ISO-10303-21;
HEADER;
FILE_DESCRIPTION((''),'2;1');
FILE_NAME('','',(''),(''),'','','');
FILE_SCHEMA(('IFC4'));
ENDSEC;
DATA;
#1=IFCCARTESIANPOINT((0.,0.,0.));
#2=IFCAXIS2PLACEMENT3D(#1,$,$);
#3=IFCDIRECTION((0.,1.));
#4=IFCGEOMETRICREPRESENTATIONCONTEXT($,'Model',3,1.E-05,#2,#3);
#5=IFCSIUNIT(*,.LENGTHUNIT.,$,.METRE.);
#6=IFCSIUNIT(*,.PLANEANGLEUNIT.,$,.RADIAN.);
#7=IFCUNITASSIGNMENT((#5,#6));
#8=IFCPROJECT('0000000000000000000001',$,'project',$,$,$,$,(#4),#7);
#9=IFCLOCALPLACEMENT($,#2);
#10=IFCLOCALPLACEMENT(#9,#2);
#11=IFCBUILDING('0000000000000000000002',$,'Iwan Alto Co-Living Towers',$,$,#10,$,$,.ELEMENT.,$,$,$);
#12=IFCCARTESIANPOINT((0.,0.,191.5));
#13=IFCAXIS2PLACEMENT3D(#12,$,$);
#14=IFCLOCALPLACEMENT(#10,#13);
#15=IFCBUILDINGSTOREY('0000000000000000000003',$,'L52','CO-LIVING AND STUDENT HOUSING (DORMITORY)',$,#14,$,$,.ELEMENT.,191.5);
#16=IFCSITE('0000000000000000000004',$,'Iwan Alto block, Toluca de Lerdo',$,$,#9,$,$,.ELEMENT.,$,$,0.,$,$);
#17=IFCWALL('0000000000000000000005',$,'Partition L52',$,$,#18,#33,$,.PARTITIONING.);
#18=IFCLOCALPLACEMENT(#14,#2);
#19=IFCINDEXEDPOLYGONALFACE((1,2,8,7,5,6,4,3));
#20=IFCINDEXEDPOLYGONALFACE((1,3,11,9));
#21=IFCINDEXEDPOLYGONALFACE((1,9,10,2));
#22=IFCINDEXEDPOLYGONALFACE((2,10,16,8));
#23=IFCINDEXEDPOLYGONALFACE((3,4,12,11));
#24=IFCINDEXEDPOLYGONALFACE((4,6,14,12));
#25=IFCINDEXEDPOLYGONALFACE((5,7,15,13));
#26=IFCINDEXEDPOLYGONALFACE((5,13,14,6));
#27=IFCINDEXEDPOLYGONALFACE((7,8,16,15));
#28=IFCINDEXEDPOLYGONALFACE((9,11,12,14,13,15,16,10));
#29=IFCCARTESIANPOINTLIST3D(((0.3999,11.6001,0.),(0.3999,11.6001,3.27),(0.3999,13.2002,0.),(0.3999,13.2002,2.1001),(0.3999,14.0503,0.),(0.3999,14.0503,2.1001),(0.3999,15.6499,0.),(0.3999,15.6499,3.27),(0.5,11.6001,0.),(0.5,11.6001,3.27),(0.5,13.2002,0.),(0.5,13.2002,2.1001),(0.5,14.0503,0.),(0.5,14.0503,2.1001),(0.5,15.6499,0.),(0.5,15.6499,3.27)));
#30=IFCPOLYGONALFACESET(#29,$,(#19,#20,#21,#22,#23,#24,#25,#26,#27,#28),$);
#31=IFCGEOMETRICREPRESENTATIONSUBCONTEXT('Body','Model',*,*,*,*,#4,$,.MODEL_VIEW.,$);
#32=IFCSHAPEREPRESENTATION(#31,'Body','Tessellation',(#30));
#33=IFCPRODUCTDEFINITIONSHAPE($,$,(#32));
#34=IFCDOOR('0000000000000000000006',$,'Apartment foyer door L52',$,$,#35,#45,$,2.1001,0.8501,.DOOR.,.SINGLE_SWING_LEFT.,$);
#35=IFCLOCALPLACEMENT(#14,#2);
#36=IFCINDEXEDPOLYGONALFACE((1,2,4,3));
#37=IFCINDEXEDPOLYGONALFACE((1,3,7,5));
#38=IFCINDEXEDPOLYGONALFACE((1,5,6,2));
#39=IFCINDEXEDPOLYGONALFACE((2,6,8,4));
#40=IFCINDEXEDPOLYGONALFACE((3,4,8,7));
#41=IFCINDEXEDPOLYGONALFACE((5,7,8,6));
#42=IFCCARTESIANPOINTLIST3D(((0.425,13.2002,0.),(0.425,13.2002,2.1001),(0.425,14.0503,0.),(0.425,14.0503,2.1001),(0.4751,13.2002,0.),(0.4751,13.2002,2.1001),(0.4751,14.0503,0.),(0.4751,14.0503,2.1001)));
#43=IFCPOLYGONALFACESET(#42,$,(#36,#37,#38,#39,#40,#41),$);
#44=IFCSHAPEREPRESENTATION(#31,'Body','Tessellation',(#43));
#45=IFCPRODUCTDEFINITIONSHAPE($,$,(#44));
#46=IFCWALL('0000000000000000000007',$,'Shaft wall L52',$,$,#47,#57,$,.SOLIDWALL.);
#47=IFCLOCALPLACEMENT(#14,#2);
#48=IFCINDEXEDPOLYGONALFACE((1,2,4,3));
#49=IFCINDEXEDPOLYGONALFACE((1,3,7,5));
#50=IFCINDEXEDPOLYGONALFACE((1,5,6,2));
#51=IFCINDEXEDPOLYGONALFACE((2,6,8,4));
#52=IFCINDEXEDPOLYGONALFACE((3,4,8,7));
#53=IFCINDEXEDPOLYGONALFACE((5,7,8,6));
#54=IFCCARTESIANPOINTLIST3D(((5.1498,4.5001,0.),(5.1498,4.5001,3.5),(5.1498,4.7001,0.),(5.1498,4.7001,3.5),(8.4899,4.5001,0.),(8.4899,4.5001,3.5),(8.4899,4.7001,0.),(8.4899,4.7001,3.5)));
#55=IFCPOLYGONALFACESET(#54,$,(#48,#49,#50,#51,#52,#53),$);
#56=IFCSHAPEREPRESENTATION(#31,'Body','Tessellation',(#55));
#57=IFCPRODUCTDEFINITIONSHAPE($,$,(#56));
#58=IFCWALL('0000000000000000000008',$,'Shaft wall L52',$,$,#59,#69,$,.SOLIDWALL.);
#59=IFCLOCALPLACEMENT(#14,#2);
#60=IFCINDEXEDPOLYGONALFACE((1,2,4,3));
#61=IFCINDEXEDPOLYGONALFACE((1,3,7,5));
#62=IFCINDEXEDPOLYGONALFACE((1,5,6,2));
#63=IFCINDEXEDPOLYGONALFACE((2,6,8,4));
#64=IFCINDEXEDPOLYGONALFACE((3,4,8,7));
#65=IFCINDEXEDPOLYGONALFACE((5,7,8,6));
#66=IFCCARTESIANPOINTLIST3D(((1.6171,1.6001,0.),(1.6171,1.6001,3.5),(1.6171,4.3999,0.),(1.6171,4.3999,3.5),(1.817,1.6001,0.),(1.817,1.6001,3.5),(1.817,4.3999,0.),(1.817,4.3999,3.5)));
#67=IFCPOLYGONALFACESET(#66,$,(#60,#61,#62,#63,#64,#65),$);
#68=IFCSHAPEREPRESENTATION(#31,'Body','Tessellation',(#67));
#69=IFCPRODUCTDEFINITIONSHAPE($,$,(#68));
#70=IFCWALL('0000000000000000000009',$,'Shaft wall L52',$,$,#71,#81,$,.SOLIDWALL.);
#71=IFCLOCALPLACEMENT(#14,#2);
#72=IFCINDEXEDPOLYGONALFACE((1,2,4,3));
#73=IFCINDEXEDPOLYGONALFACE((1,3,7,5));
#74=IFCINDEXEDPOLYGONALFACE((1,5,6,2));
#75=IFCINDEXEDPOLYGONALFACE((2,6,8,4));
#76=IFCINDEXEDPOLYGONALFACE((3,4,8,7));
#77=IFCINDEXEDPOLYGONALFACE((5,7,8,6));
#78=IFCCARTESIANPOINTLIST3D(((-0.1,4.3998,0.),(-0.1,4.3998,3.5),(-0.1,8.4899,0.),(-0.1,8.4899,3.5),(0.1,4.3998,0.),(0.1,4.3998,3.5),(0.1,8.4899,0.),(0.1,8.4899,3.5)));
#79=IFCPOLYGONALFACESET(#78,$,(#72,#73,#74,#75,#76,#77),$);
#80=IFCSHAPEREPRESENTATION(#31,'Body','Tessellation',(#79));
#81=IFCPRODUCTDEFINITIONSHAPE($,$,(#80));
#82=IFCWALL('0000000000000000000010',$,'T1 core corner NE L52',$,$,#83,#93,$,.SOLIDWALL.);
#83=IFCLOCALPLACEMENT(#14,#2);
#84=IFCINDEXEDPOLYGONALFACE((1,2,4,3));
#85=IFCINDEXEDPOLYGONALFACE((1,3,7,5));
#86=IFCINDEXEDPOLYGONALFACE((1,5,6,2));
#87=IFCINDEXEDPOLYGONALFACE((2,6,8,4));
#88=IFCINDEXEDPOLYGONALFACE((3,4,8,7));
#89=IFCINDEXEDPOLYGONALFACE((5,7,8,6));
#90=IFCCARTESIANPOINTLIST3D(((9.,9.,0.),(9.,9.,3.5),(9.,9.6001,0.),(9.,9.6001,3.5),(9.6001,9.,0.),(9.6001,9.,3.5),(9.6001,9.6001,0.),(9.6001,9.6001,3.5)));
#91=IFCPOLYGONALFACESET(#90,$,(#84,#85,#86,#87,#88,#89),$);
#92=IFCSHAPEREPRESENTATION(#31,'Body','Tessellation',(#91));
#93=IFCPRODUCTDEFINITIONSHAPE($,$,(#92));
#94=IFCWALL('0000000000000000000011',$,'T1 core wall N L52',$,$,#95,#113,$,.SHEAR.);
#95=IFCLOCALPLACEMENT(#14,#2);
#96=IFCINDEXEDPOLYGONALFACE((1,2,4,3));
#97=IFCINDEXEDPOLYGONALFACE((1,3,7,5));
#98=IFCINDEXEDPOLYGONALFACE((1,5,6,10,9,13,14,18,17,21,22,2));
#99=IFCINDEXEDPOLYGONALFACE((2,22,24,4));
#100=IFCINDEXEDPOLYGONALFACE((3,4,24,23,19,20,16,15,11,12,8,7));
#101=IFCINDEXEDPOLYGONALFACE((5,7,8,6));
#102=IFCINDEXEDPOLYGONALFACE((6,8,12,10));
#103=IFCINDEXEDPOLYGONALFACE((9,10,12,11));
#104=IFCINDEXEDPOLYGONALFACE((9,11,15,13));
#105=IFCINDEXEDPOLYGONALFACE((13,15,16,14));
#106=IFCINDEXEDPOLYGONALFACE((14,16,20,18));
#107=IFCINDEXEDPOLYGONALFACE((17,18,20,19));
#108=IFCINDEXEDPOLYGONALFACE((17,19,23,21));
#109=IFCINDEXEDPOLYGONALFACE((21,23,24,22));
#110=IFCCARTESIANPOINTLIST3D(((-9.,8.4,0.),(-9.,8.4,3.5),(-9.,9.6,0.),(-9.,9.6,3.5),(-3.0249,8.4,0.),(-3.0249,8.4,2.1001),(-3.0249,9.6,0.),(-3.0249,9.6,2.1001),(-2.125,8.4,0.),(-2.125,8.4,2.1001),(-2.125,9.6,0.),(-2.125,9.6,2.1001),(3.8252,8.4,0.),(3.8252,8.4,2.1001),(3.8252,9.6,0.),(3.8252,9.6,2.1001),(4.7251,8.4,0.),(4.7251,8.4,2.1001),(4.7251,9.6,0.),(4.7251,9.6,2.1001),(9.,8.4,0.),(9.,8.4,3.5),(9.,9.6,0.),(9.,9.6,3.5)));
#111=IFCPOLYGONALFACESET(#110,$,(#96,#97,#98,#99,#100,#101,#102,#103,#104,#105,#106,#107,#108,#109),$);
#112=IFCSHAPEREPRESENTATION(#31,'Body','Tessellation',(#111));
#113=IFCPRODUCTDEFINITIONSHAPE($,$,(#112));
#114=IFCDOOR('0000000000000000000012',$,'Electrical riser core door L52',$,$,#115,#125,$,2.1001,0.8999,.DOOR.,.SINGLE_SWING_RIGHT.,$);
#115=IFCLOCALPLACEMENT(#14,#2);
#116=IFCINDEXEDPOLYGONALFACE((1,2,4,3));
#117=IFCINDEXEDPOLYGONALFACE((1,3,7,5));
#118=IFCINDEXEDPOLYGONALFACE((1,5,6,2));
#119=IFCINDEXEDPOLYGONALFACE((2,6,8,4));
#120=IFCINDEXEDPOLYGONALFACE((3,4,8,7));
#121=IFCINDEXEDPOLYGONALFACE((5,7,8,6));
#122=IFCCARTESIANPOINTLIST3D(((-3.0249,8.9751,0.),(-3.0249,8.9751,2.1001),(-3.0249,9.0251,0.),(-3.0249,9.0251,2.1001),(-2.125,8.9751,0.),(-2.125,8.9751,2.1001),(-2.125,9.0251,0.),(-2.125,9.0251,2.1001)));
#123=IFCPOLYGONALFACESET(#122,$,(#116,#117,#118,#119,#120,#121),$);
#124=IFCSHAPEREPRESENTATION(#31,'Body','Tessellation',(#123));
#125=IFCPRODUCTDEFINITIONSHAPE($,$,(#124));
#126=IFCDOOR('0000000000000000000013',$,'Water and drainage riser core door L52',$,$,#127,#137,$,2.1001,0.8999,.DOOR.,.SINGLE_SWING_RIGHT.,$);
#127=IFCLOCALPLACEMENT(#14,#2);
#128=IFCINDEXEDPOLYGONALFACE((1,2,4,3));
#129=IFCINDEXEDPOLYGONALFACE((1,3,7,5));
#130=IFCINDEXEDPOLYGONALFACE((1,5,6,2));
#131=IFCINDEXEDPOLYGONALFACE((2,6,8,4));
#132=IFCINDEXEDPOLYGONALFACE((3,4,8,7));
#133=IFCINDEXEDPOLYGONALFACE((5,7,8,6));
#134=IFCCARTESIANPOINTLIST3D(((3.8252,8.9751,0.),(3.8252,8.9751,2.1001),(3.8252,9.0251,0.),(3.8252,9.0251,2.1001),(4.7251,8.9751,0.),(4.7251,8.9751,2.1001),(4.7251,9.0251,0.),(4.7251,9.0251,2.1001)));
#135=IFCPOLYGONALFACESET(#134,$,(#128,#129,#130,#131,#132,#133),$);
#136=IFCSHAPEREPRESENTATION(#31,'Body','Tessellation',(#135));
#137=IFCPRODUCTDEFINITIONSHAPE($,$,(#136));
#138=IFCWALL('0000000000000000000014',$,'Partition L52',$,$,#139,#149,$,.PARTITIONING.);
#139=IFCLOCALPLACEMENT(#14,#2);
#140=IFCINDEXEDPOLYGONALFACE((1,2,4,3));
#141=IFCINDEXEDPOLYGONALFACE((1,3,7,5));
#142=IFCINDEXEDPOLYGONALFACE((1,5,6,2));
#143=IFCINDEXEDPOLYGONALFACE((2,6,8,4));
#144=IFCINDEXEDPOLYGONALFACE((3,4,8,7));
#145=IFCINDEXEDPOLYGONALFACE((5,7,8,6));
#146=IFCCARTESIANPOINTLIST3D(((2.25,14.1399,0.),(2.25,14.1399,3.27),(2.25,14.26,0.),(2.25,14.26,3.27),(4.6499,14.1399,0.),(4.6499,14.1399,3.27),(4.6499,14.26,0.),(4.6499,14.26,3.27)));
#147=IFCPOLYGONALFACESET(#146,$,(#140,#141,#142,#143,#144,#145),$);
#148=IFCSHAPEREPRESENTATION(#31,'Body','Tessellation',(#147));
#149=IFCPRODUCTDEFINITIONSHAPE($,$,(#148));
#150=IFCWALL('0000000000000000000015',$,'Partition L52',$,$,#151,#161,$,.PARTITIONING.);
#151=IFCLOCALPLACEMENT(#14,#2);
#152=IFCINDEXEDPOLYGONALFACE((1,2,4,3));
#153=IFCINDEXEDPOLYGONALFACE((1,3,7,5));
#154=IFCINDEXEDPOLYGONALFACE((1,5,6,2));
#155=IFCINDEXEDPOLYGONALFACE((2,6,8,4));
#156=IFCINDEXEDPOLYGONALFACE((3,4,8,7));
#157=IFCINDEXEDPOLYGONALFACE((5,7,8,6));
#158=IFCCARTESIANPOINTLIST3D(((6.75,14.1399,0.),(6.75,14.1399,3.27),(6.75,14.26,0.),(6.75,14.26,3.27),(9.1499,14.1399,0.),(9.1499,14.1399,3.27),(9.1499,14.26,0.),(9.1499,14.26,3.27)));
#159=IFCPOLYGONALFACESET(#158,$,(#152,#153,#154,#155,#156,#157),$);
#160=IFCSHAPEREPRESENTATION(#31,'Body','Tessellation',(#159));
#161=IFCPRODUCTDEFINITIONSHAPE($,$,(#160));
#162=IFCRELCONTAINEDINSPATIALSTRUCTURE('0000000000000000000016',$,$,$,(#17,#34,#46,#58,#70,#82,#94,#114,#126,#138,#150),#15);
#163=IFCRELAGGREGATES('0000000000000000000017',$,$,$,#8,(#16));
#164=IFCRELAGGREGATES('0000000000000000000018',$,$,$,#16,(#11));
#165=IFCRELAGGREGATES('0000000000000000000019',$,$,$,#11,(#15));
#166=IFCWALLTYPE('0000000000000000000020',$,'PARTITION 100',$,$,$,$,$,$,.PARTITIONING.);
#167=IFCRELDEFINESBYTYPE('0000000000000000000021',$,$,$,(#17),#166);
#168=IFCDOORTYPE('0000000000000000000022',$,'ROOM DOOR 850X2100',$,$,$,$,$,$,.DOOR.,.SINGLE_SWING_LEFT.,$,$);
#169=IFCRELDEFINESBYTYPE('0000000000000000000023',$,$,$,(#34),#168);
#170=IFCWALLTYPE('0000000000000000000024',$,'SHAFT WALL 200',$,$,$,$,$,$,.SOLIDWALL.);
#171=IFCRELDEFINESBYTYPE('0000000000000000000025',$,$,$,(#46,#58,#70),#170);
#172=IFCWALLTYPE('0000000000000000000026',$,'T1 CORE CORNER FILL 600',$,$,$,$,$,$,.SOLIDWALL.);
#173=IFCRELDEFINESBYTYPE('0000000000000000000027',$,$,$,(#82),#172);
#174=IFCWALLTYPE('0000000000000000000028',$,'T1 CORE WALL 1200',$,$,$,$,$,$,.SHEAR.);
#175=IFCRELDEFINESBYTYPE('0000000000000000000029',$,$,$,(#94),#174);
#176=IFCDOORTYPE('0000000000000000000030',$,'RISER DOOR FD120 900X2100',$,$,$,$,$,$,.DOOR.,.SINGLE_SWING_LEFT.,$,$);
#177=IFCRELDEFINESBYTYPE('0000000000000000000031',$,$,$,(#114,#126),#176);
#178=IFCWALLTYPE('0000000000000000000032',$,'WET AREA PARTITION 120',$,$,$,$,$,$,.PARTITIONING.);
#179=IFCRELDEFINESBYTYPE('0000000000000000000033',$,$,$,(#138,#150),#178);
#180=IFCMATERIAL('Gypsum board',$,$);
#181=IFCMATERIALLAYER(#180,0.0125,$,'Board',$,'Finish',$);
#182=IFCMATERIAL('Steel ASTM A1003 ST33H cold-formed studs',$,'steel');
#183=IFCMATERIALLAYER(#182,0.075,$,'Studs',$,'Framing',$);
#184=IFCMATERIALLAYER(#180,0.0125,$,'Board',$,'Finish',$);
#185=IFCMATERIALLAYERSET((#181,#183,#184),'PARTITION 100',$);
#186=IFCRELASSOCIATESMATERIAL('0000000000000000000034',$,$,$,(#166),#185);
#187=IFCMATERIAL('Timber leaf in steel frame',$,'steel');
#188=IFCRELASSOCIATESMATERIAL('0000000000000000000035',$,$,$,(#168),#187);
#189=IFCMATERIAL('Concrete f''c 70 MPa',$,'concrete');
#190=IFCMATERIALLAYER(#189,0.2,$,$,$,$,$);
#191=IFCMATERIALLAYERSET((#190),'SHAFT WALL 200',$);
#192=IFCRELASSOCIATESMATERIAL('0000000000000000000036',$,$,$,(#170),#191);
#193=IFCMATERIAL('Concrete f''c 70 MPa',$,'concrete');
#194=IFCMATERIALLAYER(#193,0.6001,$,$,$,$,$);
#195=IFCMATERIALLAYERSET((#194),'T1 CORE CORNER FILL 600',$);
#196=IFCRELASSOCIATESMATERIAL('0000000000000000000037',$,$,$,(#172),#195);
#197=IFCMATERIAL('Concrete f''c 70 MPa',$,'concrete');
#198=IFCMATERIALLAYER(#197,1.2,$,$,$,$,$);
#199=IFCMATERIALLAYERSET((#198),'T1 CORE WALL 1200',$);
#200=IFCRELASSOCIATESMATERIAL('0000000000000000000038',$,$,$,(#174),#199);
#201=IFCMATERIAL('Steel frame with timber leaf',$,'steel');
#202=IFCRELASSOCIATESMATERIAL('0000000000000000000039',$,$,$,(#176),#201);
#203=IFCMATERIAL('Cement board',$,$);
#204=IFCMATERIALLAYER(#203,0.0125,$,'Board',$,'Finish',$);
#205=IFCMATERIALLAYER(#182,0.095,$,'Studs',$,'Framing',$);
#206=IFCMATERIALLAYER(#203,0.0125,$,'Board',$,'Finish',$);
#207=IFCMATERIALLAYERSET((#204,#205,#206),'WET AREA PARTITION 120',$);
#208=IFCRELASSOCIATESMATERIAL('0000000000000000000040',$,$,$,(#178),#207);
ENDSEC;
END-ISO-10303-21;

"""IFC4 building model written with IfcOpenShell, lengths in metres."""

from ifc_helpers import new_model, si_unit, direction, frame, frame_2d, origin, place, context, subcontext, project, spatial, rectangle, extrude, material, layer, layer_set, type_object, element, fill, save


model = new_model("IFC4")

# Units and contexts
model_context = context("Model", 3, precision=1e-05, world=origin(), true_north=direction((0.0, 1.0)))
body_context = subcontext(model_context, "Body", "Model", "MODEL_VIEW")
ifc_project = project(units=[si_unit("LENGTHUNIT", "METRE"), si_unit("PLANEANGLEUNIT", "RADIAN")], contexts=[model_context])

# Site, building, storey
site_placement = place(None, origin())
site = spatial("IfcSite", under=ifc_project, at=site_placement, Name="Iwan Alto block, Toluca de Lerdo", CompositionType="ELEMENT", RefElevation=0.0)
building_placement = place(site_placement, origin())
building = spatial("IfcBuilding", under=site, at=building_placement, Name="Iwan Alto Co-Living Towers", CompositionType="ELEMENT")
storey_placement = place(building_placement, frame((0.0, 0.0, 191.5)))
storey = spatial("IfcBuildingStorey", under=building, at=storey_placement, Name="L52", Description="CO-LIVING AND STUDENT HOUSING (DORMITORY)", CompositionType="ELEMENT", Elevation=191.5)

# Shared definitions
ifc_material_1 = material(Name="Gypsum board")
ifc_material_2 = material(Name="Steel ASTM A1003 ST33H cold-formed studs", Category="steel")

# Shared definitions
ifc_layer_1 = layer(ifc_material_1, 0.0125, Name="Board", Category="Finish")
ifc_layer_2 = layer(ifc_material_2, 0.075, Name="Studs", Category="Framing")
ifc_layer_3 = layer(ifc_material_1, 0.0125, Name="Board", Category="Finish")
ifc_layer_set_1 = layer_set([ifc_layer_1, ifc_layer_2, ifc_layer_3], Name="PARTITION 100")
wall_type_1 = type_object("IfcWallType", Name="PARTITION 100", PredefinedType="PARTITIONING", material=ifc_layer_set_1)

# Shared definitions
ifc_material_3 = material(Name="Timber leaf in steel frame", Category="steel")
door_type_1 = type_object("IfcDoorType", Name="ROOM DOOR 850X2100", OperationType="SINGLE_SWING_LEFT", PredefinedType="DOOR", material=ifc_material_3)

# Wall, opening, door
wall_1_placement = place(storey_placement, frame((0.45, 11.6001, 0.0), z_axis=(0.0, 0.0, 1.0), x_axis=(0.0, 1.0, 0.0)))
wall_1 = element("IfcWall", 1, at=wall_1_placement, inside=storey, type_object=wall_type_1, Name="Partition L52", PredefinedType="PARTITIONING", context=body_context, shape_type="SweptSolid", body=[
    extrude(rectangle(XDim=4.0498, YDim=0.1001, at=frame_2d((2.0249, 0.0))), origin(), (0.0, 0.0, 1.0), 3.27),
])
opening_1_placement = place(wall_1_placement, frame((1.6001, 0.0, 0.0)))
opening_1 = element("IfcOpeningElement", 2, at=opening_1_placement, cuts=wall_1, PredefinedType="OPENING", context=body_context, shape_type="SweptSolid", body=[
    extrude(rectangle(XDim=0.8501, YDim=2.1001, at=frame_2d((0.425, 1.05))), frame((0.0, 0.0601, 0.0), z_axis=(0.0, -1.0, 0.0), x_axis=(1.0, 0.0, 0.0)), (0.0, 0.0, 1.0), 0.1201),
])
door_1_placement = place(opening_1_placement, origin())
door_1 = element("IfcDoor", 3, at=door_1_placement, inside=storey, type_object=door_type_1, Name="Apartment foyer door L52", OperationType="SINGLE_SWING_LEFT", OverallHeight=2.1001, OverallWidth=0.8501, PredefinedType="DOOR", context=body_context, shape_type="SweptSolid", body=[
    extrude(rectangle(XDim=0.8501, YDim=2.1001, at=frame_2d((0.425, 1.05))), frame((0.0, 0.0249, 0.0), z_axis=(0.0, -1.0, 0.0), x_axis=(1.0, 0.0, 0.0)), (0.0, 0.0, 1.0), 0.05),
])
fill(opening_1, door_1)

# Walls
ifc_material_4 = material(Name="Concrete f'c 70 MPa", Category="concrete")
ifc_layer_4 = layer(ifc_material_4, 0.2)
ifc_layer_set_2 = layer_set([ifc_layer_4], Name="SHAFT WALL 200")
wall_type_2 = type_object("IfcWallType", Name="SHAFT WALL 200", PredefinedType="SOLIDWALL", material=ifc_layer_set_2)
wall_2_placement = place(storey_placement, frame((5.1499, 4.6001, 0.0), z_axis=(0.0, 0.0, 1.0), x_axis=(1.0, 0.0, 0.0)))
element("IfcWall", 4, at=wall_2_placement, inside=storey, type_object=wall_type_2, Name="Shaft wall L52", PredefinedType="SOLIDWALL", context=body_context, shape_type="SweptSolid", body=[
    extrude(rectangle(XDim=3.3401, YDim=0.2, at=frame_2d((1.6699, 0.0))), origin(), (0.0, 0.0, 1.0), 3.5),
])
wall_3_placement = place(storey_placement, frame((1.717, 1.6001, 0.0), z_axis=(0.0, 0.0, 1.0), x_axis=(0.0, 1.0, 0.0)))
element("IfcWall", 5, at=wall_3_placement, inside=storey, type_object=wall_type_2, Name="Shaft wall L52", PredefinedType="SOLIDWALL", context=body_context, shape_type="SweptSolid", body=[
    extrude(rectangle(XDim=2.7998, YDim=0.2, at=frame_2d((1.3999, 0.0))), origin(), (0.0, 0.0, 1.0), 3.5),
])
wall_4_placement = place(storey_placement, frame((0.0, 4.3999, 0.0), z_axis=(0.0, 0.0, 1.0), x_axis=(0.0, 1.0, 0.0)))
element("IfcWall", 6, at=wall_4_placement, inside=storey, type_object=wall_type_2, Name="Shaft wall L52", PredefinedType="SOLIDWALL", context=body_context, shape_type="SweptSolid", body=[
    extrude(rectangle(XDim=4.0901, YDim=0.2, at=frame_2d((2.0449, 0.0))), origin(), (0.0, 0.0, 1.0), 3.5),
])
ifc_material_5 = material(Name="Concrete f'c 70 MPa", Category="concrete")
ifc_layer_5 = layer(ifc_material_5, 0.6001)
ifc_layer_set_3 = layer_set([ifc_layer_5], Name="T1 CORE CORNER FILL 600")
wall_type_3 = type_object("IfcWallType", Name="T1 CORE CORNER FILL 600", PredefinedType="SOLIDWALL", material=ifc_layer_set_3)
wall_5_placement = place(storey_placement, frame((9.0, 9.3, 0.0), z_axis=(0.0, 0.0, 1.0), x_axis=(1.0, 0.0, 0.0)))
element("IfcWall", 7, at=wall_5_placement, inside=storey, type_object=wall_type_3, Name="T1 core corner NE L52", PredefinedType="SOLIDWALL", context=body_context, shape_type="SweptSolid", body=[
    extrude(rectangle(XDim=0.6001, YDim=0.6001, at=frame_2d((0.3, 0.0))), origin(), (0.0, 0.0, 1.0), 3.5),
])

# Wall, openings, doors
ifc_material_6 = material(Name="Concrete f'c 70 MPa", Category="concrete")
ifc_layer_6 = layer(ifc_material_6, 1.2)
ifc_layer_set_4 = layer_set([ifc_layer_6], Name="T1 CORE WALL 1200")
wall_type_4 = type_object("IfcWallType", Name="T1 CORE WALL 1200", PredefinedType="SHEAR", material=ifc_layer_set_4)
wall_6_placement = place(storey_placement, frame((9.0, 9.0, 0.0), z_axis=(0.0, 0.0, 1.0), x_axis=(-1.0, 0.0, 0.0)))
wall_6 = element("IfcWall", 8, at=wall_6_placement, inside=storey, type_object=wall_type_4, Name="T1 core wall N L52", PredefinedType="SHEAR", context=body_context, shape_type="SweptSolid", body=[
    extrude(rectangle(XDim=18.0, YDim=1.2, at=frame_2d((9.0, 0.0))), origin(), (0.0, 0.0, 1.0), 3.5),
])
opening_2_placement = place(wall_6_placement, frame((11.125, 0.0, 0.0)))
opening_2 = element("IfcOpeningElement", 9, at=opening_2_placement, cuts=wall_6, PredefinedType="OPENING", context=body_context, shape_type="SweptSolid", body=[
    extrude(rectangle(XDim=0.8999, YDim=2.1001, at=frame_2d((0.45, 1.05))), frame((0.0, 0.6099, 0.0), z_axis=(0.0, -1.0, 0.0), x_axis=(1.0, 0.0, 0.0)), (0.0, 0.0, 1.0), 1.22),
])
opening_3_placement = place(wall_6_placement, frame((4.2749, 0.0, 0.0)))
opening_3 = element("IfcOpeningElement", 10, at=opening_3_placement, cuts=wall_6, PredefinedType="OPENING", context=body_context, shape_type="SweptSolid", body=[
    extrude(rectangle(XDim=0.8999, YDim=2.1001, at=frame_2d((0.45, 1.05))), frame((0.0, 0.6099, 0.0), z_axis=(0.0, -1.0, 0.0), x_axis=(1.0, 0.0, 0.0)), (0.0, 0.0, 1.0), 1.22),
])
ifc_material_7 = material(Name="Steel frame with timber leaf", Category="steel")
door_type_2 = type_object("IfcDoorType", Name="RISER DOOR FD120 900X2100", OperationType="SINGLE_SWING_LEFT", PredefinedType="DOOR", material=ifc_material_7)
door_2_placement = place(opening_2_placement, origin())
door_2 = element("IfcDoor", 11, at=door_2_placement, inside=storey, type_object=door_type_2, Name="Electrical riser core door L52", OperationType="SINGLE_SWING_RIGHT", OverallHeight=2.1001, OverallWidth=0.8999, PredefinedType="DOOR", context=body_context, shape_type="SweptSolid", body=[
    extrude(rectangle(XDim=0.8999, YDim=2.1001, at=frame_2d((0.45, 1.05))), frame((0.0, 0.0249, 0.0), z_axis=(0.0, -1.0, 0.0), x_axis=(1.0, 0.0, 0.0)), (0.0, 0.0, 1.0), 0.05),
])
fill(opening_2, door_2)
door_3_placement = place(opening_3_placement, origin())
door_3 = element("IfcDoor", 12, at=door_3_placement, inside=storey, type_object=door_type_2, Name="Water and drainage riser core door L52", OperationType="SINGLE_SWING_RIGHT", OverallHeight=2.1001, OverallWidth=0.8999, PredefinedType="DOOR", context=body_context, shape_type="SweptSolid", body=[
    extrude(rectangle(XDim=0.8999, YDim=2.1001, at=frame_2d((0.45, 1.05))), frame((0.0, 0.0249, 0.0), z_axis=(0.0, -1.0, 0.0), x_axis=(1.0, 0.0, 0.0)), (0.0, 0.0, 1.0), 0.05),
])
fill(opening_3, door_3)

# Walls
ifc_material_8 = material(Name="Cement board")
ifc_layer_7 = layer(ifc_material_8, 0.0125, Name="Board", Category="Finish")
ifc_layer_8 = layer(ifc_material_2, 0.095, Name="Studs", Category="Framing")
ifc_layer_9 = layer(ifc_material_8, 0.0125, Name="Board", Category="Finish")
ifc_layer_set_5 = layer_set([ifc_layer_7, ifc_layer_8, ifc_layer_9], Name="WET AREA PARTITION 120")
wall_type_5 = type_object("IfcWallType", Name="WET AREA PARTITION 120", PredefinedType="PARTITIONING", material=ifc_layer_set_5)
for number, where, z_axis, x_axis, name in (
    (13, (2.25, 14.2, 0.0), (0.0, 0.0, 1.0), (1.0, 0.0, 0.0), "Partition L52"),
    (14, (6.75, 14.2, 0.0), (0.0, 0.0, 1.0), (1.0, 0.0, 0.0), "Partition L52"),
):
    element("IfcWall", number, at=place(storey_placement, frame(where, z_axis=z_axis, x_axis=x_axis)), inside=storey, type_object=wall_type_5, Name=name, PredefinedType="PARTITIONING", context=body_context, shape_type="SweptSolid", body=[
        extrude(rectangle(XDim=2.3999, YDim=0.1201, at=frame_2d((1.2, 0.0))), origin(), (0.0, 0.0, 1.0), 3.27),
    ])

save(model, "model.ifc")
